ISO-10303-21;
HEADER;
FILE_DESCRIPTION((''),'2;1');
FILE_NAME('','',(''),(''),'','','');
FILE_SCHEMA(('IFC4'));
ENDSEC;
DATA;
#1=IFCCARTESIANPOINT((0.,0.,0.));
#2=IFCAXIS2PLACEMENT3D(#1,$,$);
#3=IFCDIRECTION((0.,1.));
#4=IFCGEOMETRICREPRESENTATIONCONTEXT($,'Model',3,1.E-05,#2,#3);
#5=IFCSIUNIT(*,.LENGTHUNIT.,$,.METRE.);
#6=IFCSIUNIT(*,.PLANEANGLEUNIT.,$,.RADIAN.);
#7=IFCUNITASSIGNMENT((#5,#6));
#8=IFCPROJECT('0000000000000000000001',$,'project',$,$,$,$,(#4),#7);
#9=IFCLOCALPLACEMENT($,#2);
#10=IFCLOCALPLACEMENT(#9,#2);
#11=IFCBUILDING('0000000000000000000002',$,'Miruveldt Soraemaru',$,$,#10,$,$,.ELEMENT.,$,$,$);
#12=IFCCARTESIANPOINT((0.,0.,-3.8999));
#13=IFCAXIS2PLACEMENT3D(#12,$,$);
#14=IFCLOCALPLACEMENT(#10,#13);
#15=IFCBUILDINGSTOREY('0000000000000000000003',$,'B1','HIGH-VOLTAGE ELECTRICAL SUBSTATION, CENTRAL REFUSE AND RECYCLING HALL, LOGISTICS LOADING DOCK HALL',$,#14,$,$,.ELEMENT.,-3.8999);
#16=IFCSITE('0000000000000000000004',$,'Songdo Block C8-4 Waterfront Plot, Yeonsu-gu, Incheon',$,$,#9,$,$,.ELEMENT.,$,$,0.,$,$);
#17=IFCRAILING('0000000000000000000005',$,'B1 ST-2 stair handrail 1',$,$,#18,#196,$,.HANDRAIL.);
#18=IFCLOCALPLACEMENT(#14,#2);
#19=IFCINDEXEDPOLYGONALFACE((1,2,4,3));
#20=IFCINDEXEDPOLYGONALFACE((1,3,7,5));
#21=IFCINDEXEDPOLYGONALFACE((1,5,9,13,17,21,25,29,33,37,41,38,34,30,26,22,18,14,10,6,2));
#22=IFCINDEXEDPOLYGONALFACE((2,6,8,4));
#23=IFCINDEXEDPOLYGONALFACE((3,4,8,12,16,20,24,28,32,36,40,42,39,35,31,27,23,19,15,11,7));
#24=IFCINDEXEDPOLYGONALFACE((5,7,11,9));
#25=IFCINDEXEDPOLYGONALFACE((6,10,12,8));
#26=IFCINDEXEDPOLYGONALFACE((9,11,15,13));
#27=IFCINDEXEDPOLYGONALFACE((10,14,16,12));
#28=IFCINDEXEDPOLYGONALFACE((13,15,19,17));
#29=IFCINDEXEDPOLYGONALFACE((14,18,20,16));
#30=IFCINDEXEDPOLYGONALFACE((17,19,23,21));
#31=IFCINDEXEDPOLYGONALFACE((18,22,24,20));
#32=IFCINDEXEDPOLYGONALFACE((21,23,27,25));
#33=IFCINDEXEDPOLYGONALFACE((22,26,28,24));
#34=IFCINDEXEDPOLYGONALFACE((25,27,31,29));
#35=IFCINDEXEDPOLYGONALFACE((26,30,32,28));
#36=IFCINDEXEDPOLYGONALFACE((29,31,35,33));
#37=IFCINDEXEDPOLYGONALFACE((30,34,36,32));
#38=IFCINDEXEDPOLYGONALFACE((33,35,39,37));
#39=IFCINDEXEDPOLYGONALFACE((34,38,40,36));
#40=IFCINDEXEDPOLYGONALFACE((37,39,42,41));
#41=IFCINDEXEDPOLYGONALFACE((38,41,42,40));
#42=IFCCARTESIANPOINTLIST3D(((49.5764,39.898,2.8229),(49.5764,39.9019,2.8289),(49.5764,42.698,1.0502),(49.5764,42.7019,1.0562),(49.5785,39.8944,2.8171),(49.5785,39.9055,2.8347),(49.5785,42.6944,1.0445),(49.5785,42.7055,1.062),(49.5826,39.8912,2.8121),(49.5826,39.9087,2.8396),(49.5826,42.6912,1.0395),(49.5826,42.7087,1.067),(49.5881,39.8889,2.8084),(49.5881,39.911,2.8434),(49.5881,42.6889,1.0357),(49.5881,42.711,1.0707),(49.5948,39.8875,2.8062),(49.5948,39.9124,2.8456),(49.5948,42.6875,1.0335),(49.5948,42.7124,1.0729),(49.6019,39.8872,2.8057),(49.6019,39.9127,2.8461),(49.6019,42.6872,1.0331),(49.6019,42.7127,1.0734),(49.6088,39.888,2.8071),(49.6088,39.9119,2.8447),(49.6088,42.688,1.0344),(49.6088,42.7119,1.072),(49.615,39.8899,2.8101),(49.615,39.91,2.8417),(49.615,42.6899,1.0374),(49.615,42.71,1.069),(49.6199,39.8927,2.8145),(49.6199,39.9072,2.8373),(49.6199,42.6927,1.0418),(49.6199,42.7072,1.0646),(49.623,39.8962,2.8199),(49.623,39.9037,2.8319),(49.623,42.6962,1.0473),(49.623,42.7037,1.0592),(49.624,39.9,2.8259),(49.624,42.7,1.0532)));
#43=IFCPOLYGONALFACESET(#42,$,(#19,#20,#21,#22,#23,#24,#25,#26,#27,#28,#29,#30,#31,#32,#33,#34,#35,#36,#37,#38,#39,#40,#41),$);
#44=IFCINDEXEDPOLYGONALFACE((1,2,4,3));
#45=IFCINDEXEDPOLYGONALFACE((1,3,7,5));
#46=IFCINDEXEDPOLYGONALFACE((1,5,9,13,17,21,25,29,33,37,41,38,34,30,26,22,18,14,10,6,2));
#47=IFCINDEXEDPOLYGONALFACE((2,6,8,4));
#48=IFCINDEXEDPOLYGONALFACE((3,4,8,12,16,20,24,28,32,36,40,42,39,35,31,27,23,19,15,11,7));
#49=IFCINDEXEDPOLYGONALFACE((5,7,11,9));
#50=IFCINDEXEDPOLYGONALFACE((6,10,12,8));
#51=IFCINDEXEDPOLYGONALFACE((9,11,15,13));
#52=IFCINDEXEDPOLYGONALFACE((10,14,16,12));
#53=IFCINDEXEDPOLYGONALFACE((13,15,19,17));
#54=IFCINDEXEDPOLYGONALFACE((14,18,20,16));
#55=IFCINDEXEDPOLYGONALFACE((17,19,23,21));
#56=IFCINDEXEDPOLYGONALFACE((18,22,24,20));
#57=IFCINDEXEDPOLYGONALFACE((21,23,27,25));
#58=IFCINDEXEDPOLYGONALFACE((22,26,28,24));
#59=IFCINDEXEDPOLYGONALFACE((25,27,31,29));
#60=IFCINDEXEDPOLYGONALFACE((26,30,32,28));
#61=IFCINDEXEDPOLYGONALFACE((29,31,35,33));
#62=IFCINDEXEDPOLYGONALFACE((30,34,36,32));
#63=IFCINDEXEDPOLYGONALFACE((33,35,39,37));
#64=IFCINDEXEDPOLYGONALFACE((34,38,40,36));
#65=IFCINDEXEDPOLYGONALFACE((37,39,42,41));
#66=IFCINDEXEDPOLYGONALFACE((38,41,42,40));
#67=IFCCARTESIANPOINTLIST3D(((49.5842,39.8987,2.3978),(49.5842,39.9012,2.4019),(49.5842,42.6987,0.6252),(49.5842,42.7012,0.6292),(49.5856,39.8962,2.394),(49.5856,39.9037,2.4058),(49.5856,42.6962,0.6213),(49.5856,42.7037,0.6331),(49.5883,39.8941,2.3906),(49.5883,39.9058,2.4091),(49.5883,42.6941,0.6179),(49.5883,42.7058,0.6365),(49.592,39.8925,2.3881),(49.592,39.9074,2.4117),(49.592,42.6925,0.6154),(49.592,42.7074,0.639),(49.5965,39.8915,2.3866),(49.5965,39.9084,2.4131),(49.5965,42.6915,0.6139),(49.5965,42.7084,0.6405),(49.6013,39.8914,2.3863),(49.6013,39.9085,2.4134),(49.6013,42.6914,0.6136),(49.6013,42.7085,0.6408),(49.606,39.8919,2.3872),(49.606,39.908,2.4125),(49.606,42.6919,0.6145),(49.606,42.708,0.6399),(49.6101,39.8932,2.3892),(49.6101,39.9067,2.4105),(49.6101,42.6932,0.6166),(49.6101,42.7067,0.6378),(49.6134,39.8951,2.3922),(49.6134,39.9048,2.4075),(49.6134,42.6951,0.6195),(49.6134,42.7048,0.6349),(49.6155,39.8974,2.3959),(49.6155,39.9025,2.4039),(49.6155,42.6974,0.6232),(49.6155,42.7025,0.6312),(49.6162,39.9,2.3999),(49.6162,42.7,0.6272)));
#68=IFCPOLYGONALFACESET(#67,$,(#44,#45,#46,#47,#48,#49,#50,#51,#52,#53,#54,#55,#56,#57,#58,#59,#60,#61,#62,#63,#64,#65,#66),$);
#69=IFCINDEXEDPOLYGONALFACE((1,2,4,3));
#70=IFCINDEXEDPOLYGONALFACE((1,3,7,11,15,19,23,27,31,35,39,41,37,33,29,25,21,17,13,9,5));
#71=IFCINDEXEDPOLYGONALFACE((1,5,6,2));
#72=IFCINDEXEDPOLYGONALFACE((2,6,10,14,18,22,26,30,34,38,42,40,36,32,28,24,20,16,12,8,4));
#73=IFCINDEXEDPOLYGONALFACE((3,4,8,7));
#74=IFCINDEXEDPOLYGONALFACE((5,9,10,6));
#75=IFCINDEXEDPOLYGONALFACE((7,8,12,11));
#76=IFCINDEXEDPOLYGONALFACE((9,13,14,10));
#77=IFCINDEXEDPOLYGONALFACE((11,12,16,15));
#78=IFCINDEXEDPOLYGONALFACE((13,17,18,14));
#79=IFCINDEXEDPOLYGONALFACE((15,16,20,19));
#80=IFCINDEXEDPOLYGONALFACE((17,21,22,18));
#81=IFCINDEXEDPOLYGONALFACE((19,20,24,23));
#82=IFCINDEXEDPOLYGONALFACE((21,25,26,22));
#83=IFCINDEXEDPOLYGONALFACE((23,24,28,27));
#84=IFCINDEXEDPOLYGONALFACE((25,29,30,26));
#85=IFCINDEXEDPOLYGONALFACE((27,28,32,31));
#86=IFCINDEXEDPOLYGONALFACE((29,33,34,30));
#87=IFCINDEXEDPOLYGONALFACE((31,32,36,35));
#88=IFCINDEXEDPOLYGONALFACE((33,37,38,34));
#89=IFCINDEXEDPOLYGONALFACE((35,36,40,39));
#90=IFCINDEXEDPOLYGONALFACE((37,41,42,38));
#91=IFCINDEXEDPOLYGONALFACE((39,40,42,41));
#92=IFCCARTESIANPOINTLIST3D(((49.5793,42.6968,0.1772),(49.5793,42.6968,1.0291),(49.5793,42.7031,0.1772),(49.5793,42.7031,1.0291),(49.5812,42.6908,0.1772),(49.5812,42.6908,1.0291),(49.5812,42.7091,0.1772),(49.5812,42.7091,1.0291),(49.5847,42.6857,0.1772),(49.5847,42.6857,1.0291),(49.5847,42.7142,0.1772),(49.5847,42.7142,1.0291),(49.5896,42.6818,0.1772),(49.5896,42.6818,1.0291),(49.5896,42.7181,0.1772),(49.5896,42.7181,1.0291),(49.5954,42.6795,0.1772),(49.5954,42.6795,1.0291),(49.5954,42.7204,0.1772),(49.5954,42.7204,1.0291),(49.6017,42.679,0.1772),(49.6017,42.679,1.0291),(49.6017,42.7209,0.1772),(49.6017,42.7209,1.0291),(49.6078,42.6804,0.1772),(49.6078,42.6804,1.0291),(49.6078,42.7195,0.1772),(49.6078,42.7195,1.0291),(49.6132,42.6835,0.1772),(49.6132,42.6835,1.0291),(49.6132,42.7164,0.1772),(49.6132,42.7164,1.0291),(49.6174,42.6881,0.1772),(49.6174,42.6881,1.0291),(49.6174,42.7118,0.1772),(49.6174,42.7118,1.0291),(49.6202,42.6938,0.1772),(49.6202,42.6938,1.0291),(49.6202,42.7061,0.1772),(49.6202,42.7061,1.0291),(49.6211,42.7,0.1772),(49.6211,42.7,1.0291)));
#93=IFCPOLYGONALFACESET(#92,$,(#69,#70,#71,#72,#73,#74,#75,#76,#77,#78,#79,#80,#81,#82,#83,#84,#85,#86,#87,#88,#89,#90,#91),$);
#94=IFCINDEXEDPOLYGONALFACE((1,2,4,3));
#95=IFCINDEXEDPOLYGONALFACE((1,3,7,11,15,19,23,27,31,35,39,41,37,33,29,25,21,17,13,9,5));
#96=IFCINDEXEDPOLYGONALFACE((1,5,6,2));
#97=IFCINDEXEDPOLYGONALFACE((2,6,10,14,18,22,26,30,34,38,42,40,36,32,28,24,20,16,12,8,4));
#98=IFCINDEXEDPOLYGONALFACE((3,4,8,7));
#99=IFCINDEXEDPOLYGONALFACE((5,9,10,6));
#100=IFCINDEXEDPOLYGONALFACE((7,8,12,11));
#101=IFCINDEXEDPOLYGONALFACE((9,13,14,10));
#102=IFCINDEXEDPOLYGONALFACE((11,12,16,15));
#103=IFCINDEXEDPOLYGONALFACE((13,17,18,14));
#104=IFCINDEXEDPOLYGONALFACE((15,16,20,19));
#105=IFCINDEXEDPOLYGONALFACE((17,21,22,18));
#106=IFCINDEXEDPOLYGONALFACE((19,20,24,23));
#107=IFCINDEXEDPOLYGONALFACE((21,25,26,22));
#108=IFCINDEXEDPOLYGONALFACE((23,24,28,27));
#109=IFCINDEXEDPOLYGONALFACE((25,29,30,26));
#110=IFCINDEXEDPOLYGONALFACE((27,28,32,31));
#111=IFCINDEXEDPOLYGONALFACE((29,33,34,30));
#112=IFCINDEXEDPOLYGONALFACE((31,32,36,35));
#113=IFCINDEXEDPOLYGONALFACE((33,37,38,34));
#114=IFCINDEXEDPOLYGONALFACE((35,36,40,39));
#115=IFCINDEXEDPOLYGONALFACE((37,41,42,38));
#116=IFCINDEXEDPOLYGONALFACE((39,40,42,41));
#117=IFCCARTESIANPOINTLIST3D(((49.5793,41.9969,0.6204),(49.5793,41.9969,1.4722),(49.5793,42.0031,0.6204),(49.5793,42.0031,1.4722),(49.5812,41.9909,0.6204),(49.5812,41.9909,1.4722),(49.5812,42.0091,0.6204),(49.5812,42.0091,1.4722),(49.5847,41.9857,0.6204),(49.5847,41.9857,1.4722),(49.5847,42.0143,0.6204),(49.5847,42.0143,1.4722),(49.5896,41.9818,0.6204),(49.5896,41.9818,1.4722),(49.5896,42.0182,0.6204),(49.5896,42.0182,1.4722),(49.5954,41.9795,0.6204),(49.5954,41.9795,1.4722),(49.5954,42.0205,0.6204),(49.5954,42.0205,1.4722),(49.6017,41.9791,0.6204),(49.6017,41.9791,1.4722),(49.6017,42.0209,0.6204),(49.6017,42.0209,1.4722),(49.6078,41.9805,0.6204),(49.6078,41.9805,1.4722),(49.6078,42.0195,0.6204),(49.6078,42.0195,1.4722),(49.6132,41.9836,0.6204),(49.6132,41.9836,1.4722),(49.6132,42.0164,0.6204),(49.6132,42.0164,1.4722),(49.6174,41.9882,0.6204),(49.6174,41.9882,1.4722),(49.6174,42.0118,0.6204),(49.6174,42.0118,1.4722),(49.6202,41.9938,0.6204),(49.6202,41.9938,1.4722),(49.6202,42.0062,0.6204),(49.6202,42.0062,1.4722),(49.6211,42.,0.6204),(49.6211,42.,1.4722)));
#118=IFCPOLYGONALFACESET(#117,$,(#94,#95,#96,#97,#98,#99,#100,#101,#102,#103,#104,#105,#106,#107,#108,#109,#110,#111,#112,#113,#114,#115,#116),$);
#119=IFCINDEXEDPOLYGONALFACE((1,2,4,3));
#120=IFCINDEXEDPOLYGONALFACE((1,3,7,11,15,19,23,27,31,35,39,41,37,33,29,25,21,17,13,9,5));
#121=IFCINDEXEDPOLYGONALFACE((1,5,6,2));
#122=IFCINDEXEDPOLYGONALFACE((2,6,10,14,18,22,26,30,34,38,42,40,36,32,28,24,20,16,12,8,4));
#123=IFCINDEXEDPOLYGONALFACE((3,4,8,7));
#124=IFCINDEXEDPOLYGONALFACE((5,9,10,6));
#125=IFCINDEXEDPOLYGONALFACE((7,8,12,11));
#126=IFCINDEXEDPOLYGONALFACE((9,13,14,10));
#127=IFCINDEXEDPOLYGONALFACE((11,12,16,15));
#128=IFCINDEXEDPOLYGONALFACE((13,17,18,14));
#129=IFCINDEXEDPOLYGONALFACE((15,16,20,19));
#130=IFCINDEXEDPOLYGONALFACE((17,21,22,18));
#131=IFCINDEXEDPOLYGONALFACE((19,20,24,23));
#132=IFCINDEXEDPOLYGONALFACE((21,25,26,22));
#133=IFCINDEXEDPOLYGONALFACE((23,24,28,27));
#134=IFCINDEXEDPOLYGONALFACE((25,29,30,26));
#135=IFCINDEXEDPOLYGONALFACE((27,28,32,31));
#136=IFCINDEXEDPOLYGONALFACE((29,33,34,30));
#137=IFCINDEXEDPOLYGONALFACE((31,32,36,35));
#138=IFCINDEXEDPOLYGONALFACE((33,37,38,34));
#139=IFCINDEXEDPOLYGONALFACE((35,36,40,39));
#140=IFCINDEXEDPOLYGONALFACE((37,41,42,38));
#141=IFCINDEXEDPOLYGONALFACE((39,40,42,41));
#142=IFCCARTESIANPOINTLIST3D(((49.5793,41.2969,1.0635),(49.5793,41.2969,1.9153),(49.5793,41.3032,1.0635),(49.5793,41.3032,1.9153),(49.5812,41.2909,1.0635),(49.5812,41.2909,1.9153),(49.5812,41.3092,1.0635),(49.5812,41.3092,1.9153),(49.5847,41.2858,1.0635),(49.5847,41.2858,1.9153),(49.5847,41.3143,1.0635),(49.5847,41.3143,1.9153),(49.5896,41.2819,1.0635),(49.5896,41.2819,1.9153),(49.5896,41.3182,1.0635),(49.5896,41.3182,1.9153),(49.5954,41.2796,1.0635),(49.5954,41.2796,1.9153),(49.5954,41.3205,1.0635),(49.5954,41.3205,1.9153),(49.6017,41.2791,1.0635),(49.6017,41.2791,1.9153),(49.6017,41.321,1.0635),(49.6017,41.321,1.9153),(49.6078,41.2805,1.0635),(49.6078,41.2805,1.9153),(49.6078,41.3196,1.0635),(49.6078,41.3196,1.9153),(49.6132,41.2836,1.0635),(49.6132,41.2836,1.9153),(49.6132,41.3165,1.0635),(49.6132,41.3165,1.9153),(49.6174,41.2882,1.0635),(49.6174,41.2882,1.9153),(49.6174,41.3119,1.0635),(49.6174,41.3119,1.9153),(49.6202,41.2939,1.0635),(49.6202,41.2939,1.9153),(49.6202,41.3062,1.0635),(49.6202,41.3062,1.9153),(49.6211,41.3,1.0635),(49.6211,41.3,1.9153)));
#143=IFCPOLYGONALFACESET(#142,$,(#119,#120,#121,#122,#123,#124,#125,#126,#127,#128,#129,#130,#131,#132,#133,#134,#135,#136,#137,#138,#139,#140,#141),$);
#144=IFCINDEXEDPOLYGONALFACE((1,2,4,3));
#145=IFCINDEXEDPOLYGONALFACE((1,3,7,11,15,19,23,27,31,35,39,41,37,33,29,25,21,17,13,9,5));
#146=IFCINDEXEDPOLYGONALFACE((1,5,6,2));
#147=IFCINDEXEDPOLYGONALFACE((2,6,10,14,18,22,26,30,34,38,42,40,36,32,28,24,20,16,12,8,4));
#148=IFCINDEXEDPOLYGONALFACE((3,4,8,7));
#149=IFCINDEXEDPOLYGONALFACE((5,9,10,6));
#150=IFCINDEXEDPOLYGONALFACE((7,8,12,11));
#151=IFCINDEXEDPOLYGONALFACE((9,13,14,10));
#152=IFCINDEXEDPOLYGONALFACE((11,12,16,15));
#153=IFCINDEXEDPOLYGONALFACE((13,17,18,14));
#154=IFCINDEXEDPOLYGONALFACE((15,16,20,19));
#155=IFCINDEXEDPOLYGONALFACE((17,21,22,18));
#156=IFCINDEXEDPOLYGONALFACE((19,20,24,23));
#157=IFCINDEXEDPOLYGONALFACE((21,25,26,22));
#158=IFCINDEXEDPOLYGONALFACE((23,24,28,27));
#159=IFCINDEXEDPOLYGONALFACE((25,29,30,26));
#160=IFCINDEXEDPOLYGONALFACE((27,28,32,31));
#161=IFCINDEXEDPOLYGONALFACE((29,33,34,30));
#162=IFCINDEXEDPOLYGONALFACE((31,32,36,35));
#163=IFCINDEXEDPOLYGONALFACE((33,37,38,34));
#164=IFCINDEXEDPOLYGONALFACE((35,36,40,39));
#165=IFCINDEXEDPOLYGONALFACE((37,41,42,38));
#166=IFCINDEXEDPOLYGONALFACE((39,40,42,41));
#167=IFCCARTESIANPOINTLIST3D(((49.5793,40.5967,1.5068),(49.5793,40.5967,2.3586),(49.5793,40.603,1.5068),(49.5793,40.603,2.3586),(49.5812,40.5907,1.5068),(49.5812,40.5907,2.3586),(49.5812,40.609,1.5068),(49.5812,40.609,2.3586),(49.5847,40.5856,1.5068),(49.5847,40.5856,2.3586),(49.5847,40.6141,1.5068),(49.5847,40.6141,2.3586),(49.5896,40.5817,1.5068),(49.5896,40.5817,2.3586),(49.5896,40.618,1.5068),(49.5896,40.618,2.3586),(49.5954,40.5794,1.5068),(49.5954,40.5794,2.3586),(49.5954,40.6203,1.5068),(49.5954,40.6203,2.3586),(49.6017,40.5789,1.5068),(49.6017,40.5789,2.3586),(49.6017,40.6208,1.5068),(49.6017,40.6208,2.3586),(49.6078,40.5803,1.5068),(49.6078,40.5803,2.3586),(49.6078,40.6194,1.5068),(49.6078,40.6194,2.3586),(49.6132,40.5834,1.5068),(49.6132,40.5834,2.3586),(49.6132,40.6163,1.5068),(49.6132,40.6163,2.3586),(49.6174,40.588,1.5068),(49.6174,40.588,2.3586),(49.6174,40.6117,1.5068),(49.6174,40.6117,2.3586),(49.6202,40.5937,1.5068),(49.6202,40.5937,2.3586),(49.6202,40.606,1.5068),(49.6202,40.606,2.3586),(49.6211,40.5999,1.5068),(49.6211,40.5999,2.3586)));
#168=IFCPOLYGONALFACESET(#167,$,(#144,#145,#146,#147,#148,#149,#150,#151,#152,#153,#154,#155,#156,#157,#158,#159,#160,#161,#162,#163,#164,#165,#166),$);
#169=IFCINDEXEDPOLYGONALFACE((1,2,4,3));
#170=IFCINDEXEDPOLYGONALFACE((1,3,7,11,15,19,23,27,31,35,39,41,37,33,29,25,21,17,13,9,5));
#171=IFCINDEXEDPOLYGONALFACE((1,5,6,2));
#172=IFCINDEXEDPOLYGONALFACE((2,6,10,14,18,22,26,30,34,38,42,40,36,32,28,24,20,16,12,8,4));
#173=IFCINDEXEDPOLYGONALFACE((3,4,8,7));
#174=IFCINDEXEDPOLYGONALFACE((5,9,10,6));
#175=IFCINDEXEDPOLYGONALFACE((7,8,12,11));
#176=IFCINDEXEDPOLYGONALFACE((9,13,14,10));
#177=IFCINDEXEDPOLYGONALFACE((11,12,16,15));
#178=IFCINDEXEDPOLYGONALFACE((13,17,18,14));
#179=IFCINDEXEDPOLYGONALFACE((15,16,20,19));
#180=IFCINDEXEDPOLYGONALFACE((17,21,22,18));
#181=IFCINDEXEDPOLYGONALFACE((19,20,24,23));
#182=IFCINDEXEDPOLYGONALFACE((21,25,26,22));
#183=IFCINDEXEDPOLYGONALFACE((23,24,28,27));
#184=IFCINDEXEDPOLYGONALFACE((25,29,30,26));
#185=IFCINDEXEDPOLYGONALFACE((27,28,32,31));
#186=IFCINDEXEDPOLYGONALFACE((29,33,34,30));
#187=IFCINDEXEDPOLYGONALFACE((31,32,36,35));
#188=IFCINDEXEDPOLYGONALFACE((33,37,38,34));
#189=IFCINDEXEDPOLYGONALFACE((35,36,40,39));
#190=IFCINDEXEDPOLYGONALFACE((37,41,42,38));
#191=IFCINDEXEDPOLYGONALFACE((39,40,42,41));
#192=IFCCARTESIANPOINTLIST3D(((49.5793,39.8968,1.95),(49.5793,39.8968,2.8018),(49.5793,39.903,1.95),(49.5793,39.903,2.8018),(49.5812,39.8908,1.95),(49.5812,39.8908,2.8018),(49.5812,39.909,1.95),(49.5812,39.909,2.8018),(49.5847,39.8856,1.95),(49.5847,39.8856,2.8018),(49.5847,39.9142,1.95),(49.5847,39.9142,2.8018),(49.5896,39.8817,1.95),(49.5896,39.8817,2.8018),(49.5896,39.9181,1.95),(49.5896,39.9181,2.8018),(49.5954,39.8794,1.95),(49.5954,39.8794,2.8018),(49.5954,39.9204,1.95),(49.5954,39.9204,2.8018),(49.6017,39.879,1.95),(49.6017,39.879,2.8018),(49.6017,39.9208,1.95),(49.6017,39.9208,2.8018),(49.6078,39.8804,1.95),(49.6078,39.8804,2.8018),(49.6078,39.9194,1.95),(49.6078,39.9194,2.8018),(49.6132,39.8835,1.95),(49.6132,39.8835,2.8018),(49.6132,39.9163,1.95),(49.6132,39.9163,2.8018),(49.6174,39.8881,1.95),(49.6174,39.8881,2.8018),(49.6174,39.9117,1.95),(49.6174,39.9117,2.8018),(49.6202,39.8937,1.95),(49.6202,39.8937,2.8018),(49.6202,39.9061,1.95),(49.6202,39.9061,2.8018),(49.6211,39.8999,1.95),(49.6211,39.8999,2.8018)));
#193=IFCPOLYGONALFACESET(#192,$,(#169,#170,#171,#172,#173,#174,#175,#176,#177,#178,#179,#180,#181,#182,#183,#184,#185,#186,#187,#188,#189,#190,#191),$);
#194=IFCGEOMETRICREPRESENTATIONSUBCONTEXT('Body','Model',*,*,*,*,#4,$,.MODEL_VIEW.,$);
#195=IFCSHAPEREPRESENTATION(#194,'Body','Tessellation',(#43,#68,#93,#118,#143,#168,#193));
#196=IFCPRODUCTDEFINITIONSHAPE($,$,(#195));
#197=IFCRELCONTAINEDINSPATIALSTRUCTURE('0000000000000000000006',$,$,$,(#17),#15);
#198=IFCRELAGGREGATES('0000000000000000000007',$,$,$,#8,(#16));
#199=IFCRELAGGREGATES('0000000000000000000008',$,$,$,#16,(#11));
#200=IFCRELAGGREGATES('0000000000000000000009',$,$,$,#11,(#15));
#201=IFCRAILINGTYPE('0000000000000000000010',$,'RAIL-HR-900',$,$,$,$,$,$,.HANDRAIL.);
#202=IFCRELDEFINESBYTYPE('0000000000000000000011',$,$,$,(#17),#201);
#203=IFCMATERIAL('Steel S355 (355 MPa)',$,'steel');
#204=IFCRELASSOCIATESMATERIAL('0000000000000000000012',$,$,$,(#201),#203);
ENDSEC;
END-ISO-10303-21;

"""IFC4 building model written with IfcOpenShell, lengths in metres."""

from ifc_helpers import new_model, si_unit, direction, frame, origin, origin_2d, place, context, subcontext, project, spatial, circle, extrude, material, type_object, element, save


model = new_model("IFC4")

# Units and contexts
model_context = context("Model", 3, precision=1e-05, world=origin(), true_north=direction((0.0, 1.0)))
body_context = subcontext(model_context, "Body", "Model", "MODEL_VIEW")
ifc_project = project(units=[si_unit("LENGTHUNIT", "METRE"), si_unit("PLANEANGLEUNIT", "RADIAN")], contexts=[model_context])

# Site, building, storey
site_placement = place(None, origin())
site = spatial("IfcSite", under=ifc_project, at=site_placement, Name="Songdo Block C8-4 Waterfront Plot, Yeonsu-gu, Incheon", CompositionType="ELEMENT", RefElevation=0.0)
building_placement = place(site_placement, origin())
building = spatial("IfcBuilding", under=site, at=building_placement, Name="Miruveldt Soraemaru", CompositionType="ELEMENT")
storey_placement = place(building_placement, frame((0.0, 0.0, -3.8999)))
storey = spatial("IfcBuildingStorey", under=building, at=storey_placement, Name="B1", Description="HIGH-VOLTAGE ELECTRICAL SUBSTATION, CENTRAL REFUSE AND RECYCLING HALL, LOGISTICS LOADING DOCK HALL", CompositionType="ELEMENT", Elevation=-3.8999)

# Shared definitions
ifc_material_1 = material(Name="Steel S355 (355 MPa)", Category="steel")

# Railing
railing_type_1 = type_object("IfcRailingType", Name="RAIL-HR-900", PredefinedType="HANDRAIL", material=ifc_material_1)
railing_1_placement = place(storey_placement, frame((49.6001, 42.7, 0.1772)))
element("IfcRailing", 1, at=railing_1_placement, inside=storey, type_object=railing_type_1, Name="B1 ST-2 stair handrail 1", PredefinedType="HANDRAIL", context=body_context, shape_type="SweptSolid", body=[
    extrude(circle(Radius=0.0239, at=origin_2d()), frame((0.0, 0.0, 0.876), z_axis=(0.0, -0.844909, 0.53491), x_axis=(1.0, 0.0, 0.0)), (0.0, 0.0, 1.0), 3.314),
    extrude(circle(Radius=0.0161, at=origin_2d()), frame((0.0, 0.0, 0.45), z_axis=(0.0, -0.844909, 0.53491), x_axis=(1.0, 0.0, 0.0)), (0.0, 0.0, 1.0), 3.314),
    extrude(circle(Radius=0.021, at=origin_2d()), origin(), (0.0, 0.0, 1.0), 0.8518),
    extrude(circle(Radius=0.021, at=origin_2d()), frame((0.0, -0.7, 0.4431)), (0.0, 0.0, 1.0), 0.8518),
    extrude(circle(Radius=0.021, at=origin_2d()), frame((0.0, -1.3999, 0.8862)), (0.0, 0.0, 1.0), 0.8518),
    extrude(circle(Radius=0.021, at=origin_2d()), frame((0.0, -2.1001, 1.3296)), (0.0, 0.0, 1.0), 0.8518),
    extrude(circle(Radius=0.021, at=origin_2d()), frame((0.0, -2.8, 1.7727)), (0.0, 0.0, 1.0), 0.8518),
])

save(model, "model.ifc")
